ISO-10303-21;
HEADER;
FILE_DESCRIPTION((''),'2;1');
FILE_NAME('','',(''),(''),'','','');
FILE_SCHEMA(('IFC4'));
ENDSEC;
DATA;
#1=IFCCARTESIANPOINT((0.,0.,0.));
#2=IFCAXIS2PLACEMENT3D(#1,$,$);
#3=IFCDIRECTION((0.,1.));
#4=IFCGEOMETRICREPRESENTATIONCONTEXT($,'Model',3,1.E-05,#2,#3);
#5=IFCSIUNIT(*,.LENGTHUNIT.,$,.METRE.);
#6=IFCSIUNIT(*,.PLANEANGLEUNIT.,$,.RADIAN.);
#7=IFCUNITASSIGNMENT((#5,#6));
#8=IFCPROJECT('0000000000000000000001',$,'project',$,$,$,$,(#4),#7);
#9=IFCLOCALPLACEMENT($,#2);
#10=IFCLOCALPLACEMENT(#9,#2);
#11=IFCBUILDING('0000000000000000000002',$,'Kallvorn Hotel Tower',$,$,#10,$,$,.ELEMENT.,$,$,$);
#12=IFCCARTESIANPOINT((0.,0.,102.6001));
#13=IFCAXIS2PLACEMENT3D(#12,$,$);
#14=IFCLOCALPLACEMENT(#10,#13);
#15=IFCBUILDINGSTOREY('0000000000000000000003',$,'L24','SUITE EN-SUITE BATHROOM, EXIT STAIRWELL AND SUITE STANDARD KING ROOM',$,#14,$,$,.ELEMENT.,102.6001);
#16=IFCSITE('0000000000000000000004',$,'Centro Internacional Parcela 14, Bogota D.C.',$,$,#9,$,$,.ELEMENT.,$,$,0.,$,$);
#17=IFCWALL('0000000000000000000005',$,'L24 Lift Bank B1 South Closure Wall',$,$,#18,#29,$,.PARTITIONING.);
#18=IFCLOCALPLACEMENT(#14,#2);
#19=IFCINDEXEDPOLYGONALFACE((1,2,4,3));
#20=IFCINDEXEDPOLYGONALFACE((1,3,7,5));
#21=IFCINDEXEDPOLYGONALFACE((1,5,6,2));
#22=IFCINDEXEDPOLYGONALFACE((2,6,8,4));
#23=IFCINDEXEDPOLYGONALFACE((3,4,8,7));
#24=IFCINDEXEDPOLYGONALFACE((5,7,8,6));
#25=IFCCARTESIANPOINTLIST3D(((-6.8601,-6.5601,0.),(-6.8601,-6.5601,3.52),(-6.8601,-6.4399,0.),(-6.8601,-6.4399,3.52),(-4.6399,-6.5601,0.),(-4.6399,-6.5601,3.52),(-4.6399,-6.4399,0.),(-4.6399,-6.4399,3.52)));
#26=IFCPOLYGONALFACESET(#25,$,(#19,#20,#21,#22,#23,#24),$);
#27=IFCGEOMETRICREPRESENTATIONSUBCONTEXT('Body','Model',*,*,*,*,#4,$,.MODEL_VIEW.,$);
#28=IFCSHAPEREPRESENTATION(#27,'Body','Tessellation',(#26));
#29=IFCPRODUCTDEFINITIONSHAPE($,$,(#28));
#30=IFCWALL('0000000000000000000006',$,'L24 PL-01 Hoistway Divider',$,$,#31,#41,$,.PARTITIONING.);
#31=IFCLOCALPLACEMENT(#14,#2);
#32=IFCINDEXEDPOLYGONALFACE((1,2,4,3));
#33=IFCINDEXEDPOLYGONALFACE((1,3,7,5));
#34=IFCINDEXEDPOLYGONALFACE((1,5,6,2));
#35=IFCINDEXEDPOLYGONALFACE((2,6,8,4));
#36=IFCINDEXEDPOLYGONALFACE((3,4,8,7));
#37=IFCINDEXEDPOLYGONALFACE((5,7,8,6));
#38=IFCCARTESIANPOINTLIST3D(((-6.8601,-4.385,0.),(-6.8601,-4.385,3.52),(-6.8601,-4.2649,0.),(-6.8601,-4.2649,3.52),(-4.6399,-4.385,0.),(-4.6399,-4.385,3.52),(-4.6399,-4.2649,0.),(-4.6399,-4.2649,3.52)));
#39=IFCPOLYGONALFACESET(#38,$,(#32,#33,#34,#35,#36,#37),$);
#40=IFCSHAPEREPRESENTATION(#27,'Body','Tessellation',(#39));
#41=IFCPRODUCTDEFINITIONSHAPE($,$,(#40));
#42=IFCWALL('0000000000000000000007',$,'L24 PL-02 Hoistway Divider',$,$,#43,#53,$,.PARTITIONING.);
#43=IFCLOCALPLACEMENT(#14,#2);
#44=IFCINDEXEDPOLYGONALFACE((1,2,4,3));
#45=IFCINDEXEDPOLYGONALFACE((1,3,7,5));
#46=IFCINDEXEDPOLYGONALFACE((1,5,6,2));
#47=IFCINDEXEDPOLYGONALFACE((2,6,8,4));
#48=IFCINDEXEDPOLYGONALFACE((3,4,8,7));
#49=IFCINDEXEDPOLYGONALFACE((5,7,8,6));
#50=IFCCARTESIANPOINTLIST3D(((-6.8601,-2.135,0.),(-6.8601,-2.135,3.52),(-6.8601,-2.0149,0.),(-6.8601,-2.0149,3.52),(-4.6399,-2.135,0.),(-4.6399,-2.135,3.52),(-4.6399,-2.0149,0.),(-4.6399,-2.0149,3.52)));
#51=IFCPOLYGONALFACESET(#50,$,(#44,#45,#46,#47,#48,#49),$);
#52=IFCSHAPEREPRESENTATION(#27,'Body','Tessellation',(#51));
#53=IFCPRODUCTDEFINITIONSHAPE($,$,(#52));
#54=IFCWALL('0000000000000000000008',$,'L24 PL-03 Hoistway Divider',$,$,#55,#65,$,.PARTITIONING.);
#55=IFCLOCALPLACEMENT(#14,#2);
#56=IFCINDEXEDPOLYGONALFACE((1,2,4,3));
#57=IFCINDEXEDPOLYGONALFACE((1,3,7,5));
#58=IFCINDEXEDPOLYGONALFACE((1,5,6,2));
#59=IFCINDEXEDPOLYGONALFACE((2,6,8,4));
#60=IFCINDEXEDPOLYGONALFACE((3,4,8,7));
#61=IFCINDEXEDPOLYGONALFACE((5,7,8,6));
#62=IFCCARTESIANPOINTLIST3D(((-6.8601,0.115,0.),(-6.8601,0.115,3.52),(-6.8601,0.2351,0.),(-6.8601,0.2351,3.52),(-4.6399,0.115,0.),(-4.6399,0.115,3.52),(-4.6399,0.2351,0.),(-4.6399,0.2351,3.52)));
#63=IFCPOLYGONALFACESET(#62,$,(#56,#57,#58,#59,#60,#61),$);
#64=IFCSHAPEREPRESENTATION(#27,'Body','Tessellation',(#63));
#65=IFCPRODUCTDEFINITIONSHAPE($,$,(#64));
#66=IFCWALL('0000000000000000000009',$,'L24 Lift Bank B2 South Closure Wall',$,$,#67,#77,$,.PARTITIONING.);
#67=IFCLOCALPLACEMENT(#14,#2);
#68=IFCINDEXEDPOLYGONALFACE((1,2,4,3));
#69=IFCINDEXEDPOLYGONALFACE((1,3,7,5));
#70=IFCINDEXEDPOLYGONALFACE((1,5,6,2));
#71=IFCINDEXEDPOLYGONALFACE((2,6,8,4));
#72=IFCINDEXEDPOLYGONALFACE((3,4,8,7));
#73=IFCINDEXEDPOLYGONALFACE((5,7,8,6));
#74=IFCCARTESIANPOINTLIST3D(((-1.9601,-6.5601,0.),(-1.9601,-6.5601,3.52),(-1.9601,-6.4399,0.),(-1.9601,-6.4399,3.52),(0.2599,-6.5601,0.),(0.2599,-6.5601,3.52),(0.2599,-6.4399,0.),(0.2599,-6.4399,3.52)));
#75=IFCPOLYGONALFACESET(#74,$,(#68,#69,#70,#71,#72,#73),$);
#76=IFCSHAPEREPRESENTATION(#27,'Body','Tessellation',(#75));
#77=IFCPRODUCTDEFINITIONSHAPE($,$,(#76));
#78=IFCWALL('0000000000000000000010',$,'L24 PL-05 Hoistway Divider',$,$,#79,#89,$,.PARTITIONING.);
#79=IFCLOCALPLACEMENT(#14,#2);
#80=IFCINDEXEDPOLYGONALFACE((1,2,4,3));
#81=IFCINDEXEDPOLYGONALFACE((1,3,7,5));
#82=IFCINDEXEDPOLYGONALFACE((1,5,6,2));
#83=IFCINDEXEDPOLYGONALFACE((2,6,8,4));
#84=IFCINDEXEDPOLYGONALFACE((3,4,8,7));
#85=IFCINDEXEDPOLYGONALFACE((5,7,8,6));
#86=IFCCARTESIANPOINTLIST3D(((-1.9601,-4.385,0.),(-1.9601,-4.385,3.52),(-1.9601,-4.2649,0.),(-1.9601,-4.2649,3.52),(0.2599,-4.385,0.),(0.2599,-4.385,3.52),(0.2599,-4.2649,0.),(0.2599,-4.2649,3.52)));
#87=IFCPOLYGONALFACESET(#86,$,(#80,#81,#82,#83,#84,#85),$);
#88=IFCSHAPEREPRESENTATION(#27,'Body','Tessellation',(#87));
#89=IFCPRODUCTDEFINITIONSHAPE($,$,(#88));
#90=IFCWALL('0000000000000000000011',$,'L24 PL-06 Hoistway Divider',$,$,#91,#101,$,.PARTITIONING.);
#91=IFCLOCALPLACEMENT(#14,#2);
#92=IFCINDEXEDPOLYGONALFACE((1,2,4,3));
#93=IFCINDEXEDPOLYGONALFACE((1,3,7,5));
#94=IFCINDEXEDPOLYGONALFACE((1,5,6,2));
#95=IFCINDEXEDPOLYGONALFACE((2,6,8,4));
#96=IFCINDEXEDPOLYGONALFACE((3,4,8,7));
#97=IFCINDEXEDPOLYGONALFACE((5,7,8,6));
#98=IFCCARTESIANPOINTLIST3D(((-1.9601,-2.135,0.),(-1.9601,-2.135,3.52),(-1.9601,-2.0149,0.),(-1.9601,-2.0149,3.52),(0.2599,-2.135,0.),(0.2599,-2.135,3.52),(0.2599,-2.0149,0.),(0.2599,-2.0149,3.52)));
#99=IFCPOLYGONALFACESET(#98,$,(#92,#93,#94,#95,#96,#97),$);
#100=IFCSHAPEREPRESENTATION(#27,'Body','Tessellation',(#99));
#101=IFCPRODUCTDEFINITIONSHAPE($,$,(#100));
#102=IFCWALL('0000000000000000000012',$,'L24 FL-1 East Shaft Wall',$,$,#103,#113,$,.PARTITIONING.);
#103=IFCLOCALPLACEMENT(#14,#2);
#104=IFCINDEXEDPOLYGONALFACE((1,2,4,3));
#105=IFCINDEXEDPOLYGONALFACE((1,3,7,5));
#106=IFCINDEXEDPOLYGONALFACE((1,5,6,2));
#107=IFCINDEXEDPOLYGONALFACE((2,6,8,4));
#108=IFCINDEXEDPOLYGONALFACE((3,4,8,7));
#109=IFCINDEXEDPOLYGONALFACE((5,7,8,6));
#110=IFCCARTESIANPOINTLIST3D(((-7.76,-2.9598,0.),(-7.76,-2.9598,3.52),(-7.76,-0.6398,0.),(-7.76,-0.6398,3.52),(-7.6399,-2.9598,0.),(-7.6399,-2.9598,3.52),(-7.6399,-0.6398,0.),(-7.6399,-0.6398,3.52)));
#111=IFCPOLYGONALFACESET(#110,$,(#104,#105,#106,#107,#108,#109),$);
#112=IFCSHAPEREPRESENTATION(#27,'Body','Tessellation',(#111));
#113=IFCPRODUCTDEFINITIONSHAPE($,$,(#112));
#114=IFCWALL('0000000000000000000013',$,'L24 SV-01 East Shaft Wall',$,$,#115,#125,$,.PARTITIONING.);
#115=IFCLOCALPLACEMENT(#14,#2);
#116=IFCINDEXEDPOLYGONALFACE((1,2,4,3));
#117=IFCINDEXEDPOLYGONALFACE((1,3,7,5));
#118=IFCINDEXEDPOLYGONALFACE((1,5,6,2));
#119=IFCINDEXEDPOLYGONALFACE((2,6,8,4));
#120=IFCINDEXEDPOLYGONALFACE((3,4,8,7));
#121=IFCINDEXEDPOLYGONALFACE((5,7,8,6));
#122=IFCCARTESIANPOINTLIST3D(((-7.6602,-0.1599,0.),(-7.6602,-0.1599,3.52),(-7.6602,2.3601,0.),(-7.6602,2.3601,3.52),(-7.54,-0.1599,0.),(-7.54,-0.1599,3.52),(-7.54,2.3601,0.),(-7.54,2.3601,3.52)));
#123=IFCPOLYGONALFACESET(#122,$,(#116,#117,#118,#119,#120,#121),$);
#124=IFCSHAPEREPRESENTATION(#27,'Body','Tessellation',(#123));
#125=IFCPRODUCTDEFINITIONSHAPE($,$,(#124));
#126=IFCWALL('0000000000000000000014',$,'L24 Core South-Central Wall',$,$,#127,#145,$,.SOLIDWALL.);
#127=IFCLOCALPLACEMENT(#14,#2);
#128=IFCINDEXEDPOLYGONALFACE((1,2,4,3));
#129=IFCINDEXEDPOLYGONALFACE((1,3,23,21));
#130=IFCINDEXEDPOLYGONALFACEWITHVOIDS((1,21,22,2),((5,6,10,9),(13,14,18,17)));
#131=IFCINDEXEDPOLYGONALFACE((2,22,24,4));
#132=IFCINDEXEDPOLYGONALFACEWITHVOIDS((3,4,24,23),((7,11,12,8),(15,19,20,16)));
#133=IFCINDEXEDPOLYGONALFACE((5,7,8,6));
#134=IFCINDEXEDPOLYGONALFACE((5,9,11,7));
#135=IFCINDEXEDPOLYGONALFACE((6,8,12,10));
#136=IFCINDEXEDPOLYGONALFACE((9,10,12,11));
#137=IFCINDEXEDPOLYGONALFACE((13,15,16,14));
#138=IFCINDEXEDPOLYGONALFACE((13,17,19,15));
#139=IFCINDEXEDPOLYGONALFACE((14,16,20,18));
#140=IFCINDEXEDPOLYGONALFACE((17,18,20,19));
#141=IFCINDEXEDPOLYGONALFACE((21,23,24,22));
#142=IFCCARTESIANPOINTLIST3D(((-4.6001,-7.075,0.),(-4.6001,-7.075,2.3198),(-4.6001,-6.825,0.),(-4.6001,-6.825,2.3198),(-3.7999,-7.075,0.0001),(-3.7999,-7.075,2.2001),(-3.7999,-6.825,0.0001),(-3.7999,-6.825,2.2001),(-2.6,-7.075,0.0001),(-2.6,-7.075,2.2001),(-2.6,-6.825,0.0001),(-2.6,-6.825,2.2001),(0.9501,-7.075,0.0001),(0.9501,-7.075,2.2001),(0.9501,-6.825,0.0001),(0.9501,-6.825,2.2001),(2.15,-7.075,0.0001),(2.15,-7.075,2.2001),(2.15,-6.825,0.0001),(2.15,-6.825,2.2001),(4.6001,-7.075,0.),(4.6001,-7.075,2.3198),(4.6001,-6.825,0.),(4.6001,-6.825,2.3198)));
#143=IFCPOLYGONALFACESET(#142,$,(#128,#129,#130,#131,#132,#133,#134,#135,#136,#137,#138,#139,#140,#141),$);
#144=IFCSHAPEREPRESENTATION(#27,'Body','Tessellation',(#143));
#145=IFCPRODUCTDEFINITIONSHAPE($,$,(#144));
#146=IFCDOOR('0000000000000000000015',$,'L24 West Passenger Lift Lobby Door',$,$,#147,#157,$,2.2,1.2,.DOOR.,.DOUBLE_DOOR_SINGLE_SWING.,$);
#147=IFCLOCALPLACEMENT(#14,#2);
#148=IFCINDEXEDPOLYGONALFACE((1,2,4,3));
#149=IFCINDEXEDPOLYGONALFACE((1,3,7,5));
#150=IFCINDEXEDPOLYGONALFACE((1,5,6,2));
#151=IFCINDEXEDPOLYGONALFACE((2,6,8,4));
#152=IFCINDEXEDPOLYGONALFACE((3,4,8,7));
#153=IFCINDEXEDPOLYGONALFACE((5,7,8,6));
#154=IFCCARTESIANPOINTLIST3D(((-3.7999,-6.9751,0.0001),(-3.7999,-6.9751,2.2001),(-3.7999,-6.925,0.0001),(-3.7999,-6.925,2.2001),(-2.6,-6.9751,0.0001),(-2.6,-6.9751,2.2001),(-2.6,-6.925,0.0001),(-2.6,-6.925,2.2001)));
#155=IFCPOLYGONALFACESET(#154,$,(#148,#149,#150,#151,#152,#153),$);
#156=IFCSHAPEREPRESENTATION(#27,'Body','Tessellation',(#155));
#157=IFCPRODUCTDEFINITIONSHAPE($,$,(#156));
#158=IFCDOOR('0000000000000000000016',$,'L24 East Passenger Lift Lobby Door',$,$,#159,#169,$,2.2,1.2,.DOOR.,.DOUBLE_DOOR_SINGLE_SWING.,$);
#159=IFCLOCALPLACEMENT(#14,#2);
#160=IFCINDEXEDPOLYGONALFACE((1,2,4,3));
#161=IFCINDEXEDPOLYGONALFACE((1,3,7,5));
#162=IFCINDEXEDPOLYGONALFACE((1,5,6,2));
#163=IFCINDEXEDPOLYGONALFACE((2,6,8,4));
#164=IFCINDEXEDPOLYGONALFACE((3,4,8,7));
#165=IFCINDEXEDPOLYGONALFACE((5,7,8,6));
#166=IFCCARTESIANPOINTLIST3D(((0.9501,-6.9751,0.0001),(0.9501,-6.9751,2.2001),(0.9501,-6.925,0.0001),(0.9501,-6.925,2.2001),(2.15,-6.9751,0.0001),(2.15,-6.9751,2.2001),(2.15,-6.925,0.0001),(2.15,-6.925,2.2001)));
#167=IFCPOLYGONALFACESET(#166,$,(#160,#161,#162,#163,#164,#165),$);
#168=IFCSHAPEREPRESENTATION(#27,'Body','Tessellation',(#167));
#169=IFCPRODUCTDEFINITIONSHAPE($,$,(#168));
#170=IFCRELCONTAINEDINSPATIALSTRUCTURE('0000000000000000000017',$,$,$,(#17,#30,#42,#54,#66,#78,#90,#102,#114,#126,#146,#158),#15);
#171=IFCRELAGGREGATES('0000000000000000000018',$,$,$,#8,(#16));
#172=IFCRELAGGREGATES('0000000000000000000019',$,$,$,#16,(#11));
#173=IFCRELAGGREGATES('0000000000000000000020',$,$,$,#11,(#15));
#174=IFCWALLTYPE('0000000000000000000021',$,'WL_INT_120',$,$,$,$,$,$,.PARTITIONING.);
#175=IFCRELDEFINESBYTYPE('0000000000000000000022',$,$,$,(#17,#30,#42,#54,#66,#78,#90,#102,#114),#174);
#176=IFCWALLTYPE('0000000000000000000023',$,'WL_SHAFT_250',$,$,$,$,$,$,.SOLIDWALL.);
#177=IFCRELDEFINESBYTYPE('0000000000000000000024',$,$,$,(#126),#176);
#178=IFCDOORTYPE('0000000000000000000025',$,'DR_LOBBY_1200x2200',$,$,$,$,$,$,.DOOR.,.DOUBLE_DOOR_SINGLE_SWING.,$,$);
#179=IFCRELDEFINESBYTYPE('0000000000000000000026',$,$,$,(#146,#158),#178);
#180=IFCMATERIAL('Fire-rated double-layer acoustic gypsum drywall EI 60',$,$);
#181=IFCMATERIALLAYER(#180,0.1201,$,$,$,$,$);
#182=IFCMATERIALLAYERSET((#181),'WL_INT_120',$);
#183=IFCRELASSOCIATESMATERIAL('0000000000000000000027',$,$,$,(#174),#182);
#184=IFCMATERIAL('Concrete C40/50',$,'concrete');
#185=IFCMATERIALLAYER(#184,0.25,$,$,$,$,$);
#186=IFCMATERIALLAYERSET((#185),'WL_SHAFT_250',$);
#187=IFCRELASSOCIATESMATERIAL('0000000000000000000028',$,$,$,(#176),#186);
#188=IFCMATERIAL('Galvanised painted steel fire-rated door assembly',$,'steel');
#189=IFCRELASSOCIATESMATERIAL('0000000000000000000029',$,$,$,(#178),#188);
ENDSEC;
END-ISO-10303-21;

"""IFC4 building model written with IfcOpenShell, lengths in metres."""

from ifc_helpers import new_model, si_unit, direction, frame, frame_2d, origin, place, context, subcontext, project, spatial, rectangle, extrude, material, layer, layer_set, type_object, element, fill, save


model = new_model("IFC4")

# Units and contexts
model_context = context("Model", 3, precision=1e-05, world=origin(), true_north=direction((0.0, 1.0)))
body_context = subcontext(model_context, "Body", "Model", "MODEL_VIEW")
ifc_project = project(units=[si_unit("LENGTHUNIT", "METRE"), si_unit("PLANEANGLEUNIT", "RADIAN")], contexts=[model_context])

# Site, building, storey
site_placement = place(None, origin())
site = spatial("IfcSite", under=ifc_project, at=site_placement, Name="Centro Internacional Parcela 14, Bogota D.C.", CompositionType="ELEMENT", RefElevation=0.0)
building_placement = place(site_placement, origin())
building = spatial("IfcBuilding", under=site, at=building_placement, Name="Kallvorn Hotel Tower", CompositionType="ELEMENT")
storey_placement = place(building_placement, frame((0.0, 0.0, 102.6001)))
storey = spatial("IfcBuildingStorey", under=building, at=storey_placement, Name="L24", Description="SUITE EN-SUITE BATHROOM, EXIT STAIRWELL AND SUITE STANDARD KING ROOM", CompositionType="ELEMENT", Elevation=102.6001)

# Walls
ifc_material_1 = material(Name="Fire-rated double-layer acoustic gypsum drywall EI 60")
ifc_layer_1 = layer(ifc_material_1, 0.1201)
ifc_layer_set_1 = layer_set([ifc_layer_1], Name="WL_INT_120")
wall_type_1 = type_object("IfcWallType", Name="WL_INT_120", PredefinedType="PARTITIONING", material=ifc_layer_set_1)
for number, where, z_axis, x_axis, name in (
    (1, (-6.8601, -6.5, 0.0), (0.0, 0.0, 1.0), (1.0, 0.0, 0.0), "L24 Lift Bank B1 South Closure Wall"),
    (2, (-6.8601, -4.325, 0.0), (0.0, 0.0, 1.0), (1.0, 0.0, 0.0), "L24 PL-01 Hoistway Divider"),
    (3, (-6.8601, -2.075, 0.0), (0.0, 0.0, 1.0), (1.0, 0.0, 0.0), "L24 PL-02 Hoistway Divider"),
    (4, (-6.8601, 0.175, 0.0), (0.0, 0.0, 1.0), (1.0, 0.0, 0.0), "L24 PL-03 Hoistway Divider"),
):
    element("IfcWall", number, at=place(storey_placement, frame(where, z_axis=z_axis, x_axis=x_axis)), inside=storey, type_object=wall_type_1, Name=name, PredefinedType="PARTITIONING", context=body_context, shape_type="SweptSolid", body=[
        extrude(rectangle(XDim=2.2202, YDim=0.1201, at=frame_2d((1.1101, 0.0))), origin(), (0.0, 0.0, 1.0), 3.52),
    ])
for number, where, z_axis, x_axis, name in (
    (5, (-1.96, -6.5, 0.0), (0.0, 0.0, 1.0), (1.0, 0.0, 0.0), "L24 Lift Bank B2 South Closure Wall"),
    (6, (-1.96, -4.325, 0.0), (0.0, 0.0, 1.0), (1.0, 0.0, 0.0), "L24 PL-05 Hoistway Divider"),
    (7, (-1.96, -2.075, 0.0), (0.0, 0.0, 1.0), (1.0, 0.0, 0.0), "L24 PL-06 Hoistway Divider"),
):
    element("IfcWall", number, at=place(storey_placement, frame(where, z_axis=z_axis, x_axis=x_axis)), inside=storey, type_object=wall_type_1, Name=name, PredefinedType="PARTITIONING", context=body_context, shape_type="SweptSolid", body=[
        extrude(rectangle(XDim=2.22, YDim=0.1201, at=frame_2d((1.1099, 0.0))), origin(), (0.0, 0.0, 1.0), 3.52),
    ])
wall_1_placement = place(storey_placement, frame((-7.7, -2.96, 0.0), z_axis=(0.0, 0.0, 1.0), x_axis=(0.0, 1.0, 0.0)))
element("IfcWall", 8, at=wall_1_placement, inside=storey, type_object=wall_type_1, Name="L24 FL-1 East Shaft Wall", PredefinedType="PARTITIONING", context=body_context, shape_type="SweptSolid", body=[
    extrude(rectangle(XDim=2.3201, YDim=0.1201, at=frame_2d((1.1602, 0.0))), origin(), (0.0, 0.0, 1.0), 3.52),
])
wall_2_placement = place(storey_placement, frame((-7.6001, -0.1599, 0.0), z_axis=(0.0, 0.0, 1.0), x_axis=(0.0, 1.0, 0.0)))
element("IfcWall", 9, at=wall_2_placement, inside=storey, type_object=wall_type_1, Name="L24 SV-01 East Shaft Wall", PredefinedType="PARTITIONING", context=body_context, shape_type="SweptSolid", body=[
    extrude(rectangle(XDim=2.52, YDim=0.1201, at=frame_2d((1.26, 0.0))), origin(), (0.0, 0.0, 1.0), 3.52),
])

# Wall, openings, doors
ifc_material_2 = material(Name="Concrete C40/50", Category="concrete")
ifc_layer_2 = layer(ifc_material_2, 0.25)
ifc_layer_set_2 = layer_set([ifc_layer_2], Name="WL_SHAFT_250")
wall_type_2 = type_object("IfcWallType", Name="WL_SHAFT_250", PredefinedType="SOLIDWALL", material=ifc_layer_set_2)
wall_3_placement = place(storey_placement, frame((-4.6001, -6.95, 0.0), z_axis=(0.0, 0.0, 1.0), x_axis=(1.0, 0.0, 0.0)))
wall_3 = element("IfcWall", 10, at=wall_3_placement, inside=storey, type_object=wall_type_2, Name="L24 Core South-Central Wall", PredefinedType="SOLIDWALL", context=body_context, shape_type="SweptSolid", body=[
    extrude(rectangle(XDim=9.2002, YDim=0.25, at=frame_2d((4.6001, 0.0))), origin(), (0.0, 0.0, 1.0), 2.3198),
])
opening_1_placement = place(wall_3_placement, frame((0.8, 0.0, 0.0)))
opening_1 = element("IfcOpeningElement", 11, at=opening_1_placement, cuts=wall_3, PredefinedType="OPENING", context=body_context, shape_type="SweptSolid", body=[
    extrude(rectangle(XDim=1.2, YDim=2.2, at=frame_2d((0.6001, 1.1001))), frame((0.0, 0.1399, 0.0), z_axis=(0.0, -1.0, 0.0), x_axis=(1.0, 0.0, 0.0)), (0.0, 0.0, 1.0), 0.28),
])
opening_2_placement = place(wall_3_placement, frame((5.55, 0.0, 0.0)))
opening_2 = element("IfcOpeningElement", 12, at=opening_2_placement, cuts=wall_3, PredefinedType="OPENING", context=body_context, shape_type="SweptSolid", body=[
    extrude(rectangle(XDim=1.2, YDim=2.2, at=frame_2d((0.6001, 1.1001))), frame((0.0, 0.1399, 0.0), z_axis=(0.0, -1.0, 0.0), x_axis=(1.0, 0.0, 0.0)), (0.0, 0.0, 1.0), 0.28),
])
ifc_material_3 = material(Name="Galvanised painted steel fire-rated door assembly", Category="steel")
door_type_1 = type_object("IfcDoorType", Name="DR_LOBBY_1200x2200", OperationType="DOUBLE_DOOR_SINGLE_SWING", PredefinedType="DOOR", material=ifc_material_3)
door_1_placement = place(opening_1_placement, origin())
door_1 = element("IfcDoor", 13, at=door_1_placement, inside=storey, type_object=door_type_1, Name="L24 West Passenger Lift Lobby Door", OperationType="DOUBLE_DOOR_SINGLE_SWING", OverallHeight=2.2, OverallWidth=1.2, PredefinedType="DOOR", context=body_context, shape_type="SweptSolid", body=[
    extrude(rectangle(XDim=1.2, YDim=2.2, at=frame_2d((0.6001, 1.1001))), frame((0.0, 0.0249, 0.0), z_axis=(0.0, -1.0, 0.0), x_axis=(1.0, 0.0, 0.0)), (0.0, 0.0, 1.0), 0.05),
])
fill(opening_1, door_1)
door_2_placement = place(opening_2_placement, origin())
door_2 = element("IfcDoor", 14, at=door_2_placement, inside=storey, type_object=door_type_1, Name="L24 East Passenger Lift Lobby Door", OperationType="DOUBLE_DOOR_SINGLE_SWING", OverallHeight=2.2, OverallWidth=1.2, PredefinedType="DOOR", context=body_context, shape_type="SweptSolid", body=[
    extrude(rectangle(XDim=1.2, YDim=2.2, at=frame_2d((0.6001, 1.1001))), frame((0.0, 0.0249, 0.0), z_axis=(0.0, -1.0, 0.0), x_axis=(1.0, 0.0, 0.0)), (0.0, 0.0, 1.0), 0.05),
])
fill(opening_2, door_2)

save(model, "model.ifc")
